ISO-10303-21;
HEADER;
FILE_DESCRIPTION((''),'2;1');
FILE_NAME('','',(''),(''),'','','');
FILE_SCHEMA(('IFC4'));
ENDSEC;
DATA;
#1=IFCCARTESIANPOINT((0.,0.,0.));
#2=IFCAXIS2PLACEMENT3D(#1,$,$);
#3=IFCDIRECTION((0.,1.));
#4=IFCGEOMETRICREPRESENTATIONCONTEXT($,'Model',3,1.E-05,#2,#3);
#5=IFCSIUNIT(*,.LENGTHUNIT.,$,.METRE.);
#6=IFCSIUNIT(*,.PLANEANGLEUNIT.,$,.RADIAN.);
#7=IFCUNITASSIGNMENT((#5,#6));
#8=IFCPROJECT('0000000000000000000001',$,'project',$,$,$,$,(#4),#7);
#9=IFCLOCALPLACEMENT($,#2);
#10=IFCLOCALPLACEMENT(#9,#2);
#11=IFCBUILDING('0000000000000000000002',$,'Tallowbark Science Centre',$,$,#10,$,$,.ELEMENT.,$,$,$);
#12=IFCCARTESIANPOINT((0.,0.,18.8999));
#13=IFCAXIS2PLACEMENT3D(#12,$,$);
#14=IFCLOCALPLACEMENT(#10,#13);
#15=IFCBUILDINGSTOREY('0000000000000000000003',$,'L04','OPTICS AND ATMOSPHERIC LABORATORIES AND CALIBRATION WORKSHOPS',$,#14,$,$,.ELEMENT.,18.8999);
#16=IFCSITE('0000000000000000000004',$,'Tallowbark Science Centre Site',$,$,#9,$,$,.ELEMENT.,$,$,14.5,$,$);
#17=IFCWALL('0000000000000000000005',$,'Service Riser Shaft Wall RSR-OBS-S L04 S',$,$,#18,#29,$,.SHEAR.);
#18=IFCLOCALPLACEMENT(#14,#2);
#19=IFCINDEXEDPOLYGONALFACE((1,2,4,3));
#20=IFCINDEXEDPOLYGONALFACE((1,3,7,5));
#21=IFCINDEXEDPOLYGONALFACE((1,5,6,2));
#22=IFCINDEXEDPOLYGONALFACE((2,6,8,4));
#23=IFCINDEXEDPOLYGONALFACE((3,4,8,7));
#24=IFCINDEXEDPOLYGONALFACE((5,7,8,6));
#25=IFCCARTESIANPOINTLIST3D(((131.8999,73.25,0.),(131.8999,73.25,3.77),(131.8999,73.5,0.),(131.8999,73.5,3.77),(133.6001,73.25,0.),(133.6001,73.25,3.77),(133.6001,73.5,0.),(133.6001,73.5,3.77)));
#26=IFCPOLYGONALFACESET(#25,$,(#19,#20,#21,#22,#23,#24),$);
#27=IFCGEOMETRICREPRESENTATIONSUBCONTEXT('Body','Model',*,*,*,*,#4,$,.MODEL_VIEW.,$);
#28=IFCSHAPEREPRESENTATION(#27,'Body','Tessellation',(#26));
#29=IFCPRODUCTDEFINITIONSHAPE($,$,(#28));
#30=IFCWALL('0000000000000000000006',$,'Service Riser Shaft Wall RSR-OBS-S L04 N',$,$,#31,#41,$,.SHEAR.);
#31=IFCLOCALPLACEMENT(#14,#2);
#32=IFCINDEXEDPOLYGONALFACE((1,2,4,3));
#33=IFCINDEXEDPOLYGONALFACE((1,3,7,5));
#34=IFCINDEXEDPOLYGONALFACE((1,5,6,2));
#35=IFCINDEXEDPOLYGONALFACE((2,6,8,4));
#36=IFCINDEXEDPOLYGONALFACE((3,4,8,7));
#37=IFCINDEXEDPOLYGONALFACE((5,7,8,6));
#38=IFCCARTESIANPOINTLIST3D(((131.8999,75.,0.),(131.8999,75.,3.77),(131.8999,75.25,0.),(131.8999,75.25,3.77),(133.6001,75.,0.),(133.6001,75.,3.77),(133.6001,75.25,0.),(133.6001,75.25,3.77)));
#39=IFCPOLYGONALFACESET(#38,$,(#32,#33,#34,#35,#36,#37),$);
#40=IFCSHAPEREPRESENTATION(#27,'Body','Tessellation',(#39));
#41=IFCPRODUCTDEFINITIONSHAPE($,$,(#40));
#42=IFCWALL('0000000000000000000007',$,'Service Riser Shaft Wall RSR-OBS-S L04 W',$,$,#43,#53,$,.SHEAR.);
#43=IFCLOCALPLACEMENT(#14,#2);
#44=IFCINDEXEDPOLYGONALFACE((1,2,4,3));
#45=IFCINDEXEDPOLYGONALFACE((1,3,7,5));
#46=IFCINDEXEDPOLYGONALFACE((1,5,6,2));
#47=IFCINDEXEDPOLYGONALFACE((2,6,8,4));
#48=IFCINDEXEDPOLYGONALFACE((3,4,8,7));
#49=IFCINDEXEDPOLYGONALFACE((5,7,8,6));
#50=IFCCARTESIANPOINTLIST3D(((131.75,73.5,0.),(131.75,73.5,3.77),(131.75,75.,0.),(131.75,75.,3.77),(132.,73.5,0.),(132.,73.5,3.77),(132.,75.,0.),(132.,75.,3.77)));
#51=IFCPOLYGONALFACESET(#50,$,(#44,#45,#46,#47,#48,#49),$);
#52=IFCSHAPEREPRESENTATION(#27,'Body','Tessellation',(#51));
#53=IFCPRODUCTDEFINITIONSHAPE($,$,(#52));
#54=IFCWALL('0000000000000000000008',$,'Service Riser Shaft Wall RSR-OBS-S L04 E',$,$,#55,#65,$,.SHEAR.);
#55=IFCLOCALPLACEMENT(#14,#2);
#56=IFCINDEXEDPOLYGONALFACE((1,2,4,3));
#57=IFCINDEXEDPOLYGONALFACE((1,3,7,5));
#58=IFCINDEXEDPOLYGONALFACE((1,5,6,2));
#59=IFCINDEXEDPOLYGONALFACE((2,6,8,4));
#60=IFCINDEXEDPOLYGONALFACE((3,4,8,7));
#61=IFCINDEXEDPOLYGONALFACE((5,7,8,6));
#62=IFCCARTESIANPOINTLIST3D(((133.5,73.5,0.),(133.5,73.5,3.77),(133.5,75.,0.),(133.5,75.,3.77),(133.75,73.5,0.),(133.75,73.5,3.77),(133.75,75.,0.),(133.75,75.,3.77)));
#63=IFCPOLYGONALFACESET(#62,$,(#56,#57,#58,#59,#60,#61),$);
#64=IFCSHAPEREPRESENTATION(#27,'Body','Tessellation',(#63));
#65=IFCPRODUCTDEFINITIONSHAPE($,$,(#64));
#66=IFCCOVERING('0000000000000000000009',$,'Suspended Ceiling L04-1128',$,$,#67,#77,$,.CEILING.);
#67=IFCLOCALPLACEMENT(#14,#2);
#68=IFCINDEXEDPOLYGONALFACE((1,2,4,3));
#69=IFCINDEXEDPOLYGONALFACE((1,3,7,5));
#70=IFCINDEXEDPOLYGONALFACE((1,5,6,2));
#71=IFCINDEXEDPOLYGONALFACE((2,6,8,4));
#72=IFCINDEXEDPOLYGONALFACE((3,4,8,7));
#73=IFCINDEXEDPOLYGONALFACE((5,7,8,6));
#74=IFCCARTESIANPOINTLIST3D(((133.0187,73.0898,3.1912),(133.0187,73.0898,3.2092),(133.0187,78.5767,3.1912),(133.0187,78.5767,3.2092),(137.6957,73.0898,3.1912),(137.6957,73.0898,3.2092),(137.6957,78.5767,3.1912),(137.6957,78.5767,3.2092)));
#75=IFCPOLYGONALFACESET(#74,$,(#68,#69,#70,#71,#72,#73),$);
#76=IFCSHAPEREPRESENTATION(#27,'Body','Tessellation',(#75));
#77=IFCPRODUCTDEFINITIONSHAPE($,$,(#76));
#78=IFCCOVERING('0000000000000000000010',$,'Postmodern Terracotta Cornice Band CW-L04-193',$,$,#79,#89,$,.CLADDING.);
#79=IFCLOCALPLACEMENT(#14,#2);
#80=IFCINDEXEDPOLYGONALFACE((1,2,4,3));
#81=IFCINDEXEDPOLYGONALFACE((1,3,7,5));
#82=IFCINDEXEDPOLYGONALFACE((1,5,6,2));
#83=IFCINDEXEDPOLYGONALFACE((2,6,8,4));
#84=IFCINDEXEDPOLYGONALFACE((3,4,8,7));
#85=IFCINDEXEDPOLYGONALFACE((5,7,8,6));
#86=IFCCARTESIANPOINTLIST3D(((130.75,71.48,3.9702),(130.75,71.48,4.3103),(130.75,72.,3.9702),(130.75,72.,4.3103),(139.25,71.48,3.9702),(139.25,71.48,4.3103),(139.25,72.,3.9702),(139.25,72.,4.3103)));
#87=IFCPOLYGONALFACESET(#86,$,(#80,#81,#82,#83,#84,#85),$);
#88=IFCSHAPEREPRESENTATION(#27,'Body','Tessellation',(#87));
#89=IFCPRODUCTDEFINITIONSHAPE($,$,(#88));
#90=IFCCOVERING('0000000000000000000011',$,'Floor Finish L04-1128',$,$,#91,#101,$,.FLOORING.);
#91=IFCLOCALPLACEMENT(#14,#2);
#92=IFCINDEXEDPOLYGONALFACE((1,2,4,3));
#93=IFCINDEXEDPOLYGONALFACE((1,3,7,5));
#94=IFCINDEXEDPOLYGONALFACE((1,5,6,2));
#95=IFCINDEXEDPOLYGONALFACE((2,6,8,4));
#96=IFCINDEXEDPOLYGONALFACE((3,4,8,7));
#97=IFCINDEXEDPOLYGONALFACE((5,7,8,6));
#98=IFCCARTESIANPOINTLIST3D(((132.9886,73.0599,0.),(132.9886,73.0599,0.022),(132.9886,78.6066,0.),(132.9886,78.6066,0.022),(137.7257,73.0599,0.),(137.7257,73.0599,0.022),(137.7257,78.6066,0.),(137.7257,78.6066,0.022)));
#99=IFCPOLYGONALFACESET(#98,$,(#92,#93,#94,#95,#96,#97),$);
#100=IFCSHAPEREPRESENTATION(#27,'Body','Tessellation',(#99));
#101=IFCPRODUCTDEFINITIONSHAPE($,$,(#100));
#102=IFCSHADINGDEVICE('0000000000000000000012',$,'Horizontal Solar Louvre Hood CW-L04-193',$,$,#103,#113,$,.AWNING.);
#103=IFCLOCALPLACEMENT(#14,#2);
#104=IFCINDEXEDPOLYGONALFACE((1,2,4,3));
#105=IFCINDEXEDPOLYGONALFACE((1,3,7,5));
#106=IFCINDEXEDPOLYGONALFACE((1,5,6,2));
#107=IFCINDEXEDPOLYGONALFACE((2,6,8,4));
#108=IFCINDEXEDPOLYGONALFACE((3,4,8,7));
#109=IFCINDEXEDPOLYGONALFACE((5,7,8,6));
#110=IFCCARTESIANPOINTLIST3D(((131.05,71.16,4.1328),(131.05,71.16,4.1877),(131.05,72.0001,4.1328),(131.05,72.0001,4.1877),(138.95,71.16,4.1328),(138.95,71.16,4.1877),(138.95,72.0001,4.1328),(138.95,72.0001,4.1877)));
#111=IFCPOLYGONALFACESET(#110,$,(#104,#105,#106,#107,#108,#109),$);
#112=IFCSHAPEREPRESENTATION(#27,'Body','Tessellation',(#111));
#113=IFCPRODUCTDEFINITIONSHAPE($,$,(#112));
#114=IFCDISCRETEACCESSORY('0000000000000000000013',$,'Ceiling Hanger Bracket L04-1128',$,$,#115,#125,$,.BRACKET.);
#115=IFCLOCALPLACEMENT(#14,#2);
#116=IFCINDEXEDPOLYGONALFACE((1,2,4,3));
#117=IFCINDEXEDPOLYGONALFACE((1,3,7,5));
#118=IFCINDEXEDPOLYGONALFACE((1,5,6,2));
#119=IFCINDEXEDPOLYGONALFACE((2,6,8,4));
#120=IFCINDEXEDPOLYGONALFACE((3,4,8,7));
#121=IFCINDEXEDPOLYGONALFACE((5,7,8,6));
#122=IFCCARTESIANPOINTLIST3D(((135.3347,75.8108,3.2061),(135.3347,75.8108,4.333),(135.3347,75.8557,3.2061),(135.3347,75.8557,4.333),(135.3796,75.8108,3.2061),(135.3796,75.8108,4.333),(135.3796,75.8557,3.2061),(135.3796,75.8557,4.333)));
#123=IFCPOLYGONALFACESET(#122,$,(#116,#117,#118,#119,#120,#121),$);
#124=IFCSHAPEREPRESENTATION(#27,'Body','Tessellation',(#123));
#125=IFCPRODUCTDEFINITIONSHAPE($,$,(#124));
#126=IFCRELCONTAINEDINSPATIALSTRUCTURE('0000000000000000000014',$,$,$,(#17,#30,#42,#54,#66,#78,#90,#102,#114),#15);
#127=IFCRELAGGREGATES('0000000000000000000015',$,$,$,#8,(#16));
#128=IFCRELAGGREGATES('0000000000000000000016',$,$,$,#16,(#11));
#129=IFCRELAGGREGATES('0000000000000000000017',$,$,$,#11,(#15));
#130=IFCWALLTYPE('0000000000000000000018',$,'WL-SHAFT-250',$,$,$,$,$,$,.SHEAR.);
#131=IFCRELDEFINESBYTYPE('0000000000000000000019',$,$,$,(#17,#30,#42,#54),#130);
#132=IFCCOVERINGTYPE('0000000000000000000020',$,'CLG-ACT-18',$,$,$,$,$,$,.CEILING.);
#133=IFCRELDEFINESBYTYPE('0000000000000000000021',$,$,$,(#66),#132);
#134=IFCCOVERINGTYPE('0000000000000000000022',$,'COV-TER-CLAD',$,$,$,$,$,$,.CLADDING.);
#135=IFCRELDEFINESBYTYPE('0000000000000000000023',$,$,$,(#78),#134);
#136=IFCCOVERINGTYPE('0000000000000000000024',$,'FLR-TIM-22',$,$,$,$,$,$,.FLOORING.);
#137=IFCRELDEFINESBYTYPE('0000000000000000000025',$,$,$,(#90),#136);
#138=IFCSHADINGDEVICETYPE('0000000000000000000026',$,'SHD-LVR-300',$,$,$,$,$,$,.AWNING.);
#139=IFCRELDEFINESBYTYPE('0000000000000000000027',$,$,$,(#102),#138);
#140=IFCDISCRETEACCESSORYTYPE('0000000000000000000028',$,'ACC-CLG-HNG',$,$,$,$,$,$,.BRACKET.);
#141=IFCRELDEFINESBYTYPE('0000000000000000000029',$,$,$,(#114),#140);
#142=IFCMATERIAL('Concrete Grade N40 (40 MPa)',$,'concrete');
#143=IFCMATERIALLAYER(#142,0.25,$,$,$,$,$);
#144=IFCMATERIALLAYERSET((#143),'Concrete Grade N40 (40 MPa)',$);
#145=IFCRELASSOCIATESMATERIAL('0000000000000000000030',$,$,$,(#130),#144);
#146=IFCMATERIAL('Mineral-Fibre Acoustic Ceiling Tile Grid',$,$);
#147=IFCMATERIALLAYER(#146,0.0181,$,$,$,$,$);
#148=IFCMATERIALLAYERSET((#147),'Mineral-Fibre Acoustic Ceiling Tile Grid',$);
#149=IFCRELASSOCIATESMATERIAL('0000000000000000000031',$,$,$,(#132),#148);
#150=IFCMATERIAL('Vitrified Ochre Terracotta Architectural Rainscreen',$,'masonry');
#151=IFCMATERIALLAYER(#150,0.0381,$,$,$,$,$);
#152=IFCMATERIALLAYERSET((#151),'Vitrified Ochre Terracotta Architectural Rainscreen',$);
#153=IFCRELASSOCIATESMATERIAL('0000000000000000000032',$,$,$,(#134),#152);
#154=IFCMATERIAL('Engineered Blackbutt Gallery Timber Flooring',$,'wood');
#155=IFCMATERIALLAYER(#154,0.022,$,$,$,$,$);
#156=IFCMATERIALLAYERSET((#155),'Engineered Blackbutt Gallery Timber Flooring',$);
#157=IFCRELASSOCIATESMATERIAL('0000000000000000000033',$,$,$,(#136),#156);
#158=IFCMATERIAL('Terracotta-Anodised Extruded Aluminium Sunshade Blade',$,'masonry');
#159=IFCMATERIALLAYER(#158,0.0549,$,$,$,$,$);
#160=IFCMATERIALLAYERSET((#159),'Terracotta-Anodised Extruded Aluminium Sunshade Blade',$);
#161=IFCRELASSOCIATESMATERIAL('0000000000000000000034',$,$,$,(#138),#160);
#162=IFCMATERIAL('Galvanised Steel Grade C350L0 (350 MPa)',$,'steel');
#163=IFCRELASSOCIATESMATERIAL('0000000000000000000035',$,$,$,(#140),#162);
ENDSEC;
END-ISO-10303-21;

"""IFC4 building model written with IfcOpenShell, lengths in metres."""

from ifc_helpers import new_model, si_unit, direction, frame, frame_2d, origin, origin_2d, place, context, subcontext, project, spatial, rectangle, extrude, material, layer, layer_set, type_object, element, save


model = new_model("IFC4")

# Units and contexts
model_context = context("Model", 3, precision=1e-05, world=origin(), true_north=direction((0.0, 1.0)))
body_context = subcontext(model_context, "Body", "Model", "MODEL_VIEW")
ifc_project = project(units=[si_unit("LENGTHUNIT", "METRE"), si_unit("PLANEANGLEUNIT", "RADIAN")], contexts=[model_context])

# Site, building, storey
site_placement = place(None, origin())
site = spatial("IfcSite", under=ifc_project, at=site_placement, Name="Tallowbark Science Centre Site", CompositionType="ELEMENT", RefElevation=14.5)
building_placement = place(site_placement, origin())
building = spatial("IfcBuilding", under=site, at=building_placement, Name="Tallowbark Science Centre", CompositionType="ELEMENT")
storey_placement = place(building_placement, frame((0.0, 0.0, 18.8999)))
storey = spatial("IfcBuildingStorey", under=building, at=storey_placement, Name="L04", Description="OPTICS AND ATMOSPHERIC LABORATORIES AND CALIBRATION WORKSHOPS", CompositionType="ELEMENT", Elevation=18.8999)

# Walls
ifc_material_1 = material(Name="Concrete Grade N40 (40 MPa)", Category="concrete")
ifc_layer_1 = layer(ifc_material_1, 0.25)
ifc_layer_set_1 = layer_set([ifc_layer_1], Name="Concrete Grade N40 (40 MPa)")
wall_type = type_object("IfcWallType", Name="WL-SHAFT-250", PredefinedType="SHEAR", material=ifc_layer_set_1)
for number, where, z_axis, x_axis, name in (
    (1, (131.8999, 73.375, 0.0), (0.0, 0.0, 1.0), (1.0, 0.0, 0.0), "Service Riser Shaft Wall RSR-OBS-S L04 S"),
    (2, (131.8999, 75.125, 0.0), (0.0, 0.0, 1.0), (1.0, 0.0, 0.0), "Service Riser Shaft Wall RSR-OBS-S L04 N"),
):
    element("IfcWall", number, at=place(storey_placement, frame(where, z_axis=z_axis, x_axis=x_axis)), inside=storey, type_object=wall_type, Name=name, PredefinedType="SHEAR", context=body_context, shape_type="SweptSolid", body=[
        extrude(rectangle(XDim=1.7002, YDim=0.25, at=frame_2d((0.8501, 0.0))), origin(), (0.0, 0.0, 1.0), 3.77),
    ])
for number, where, z_axis, x_axis, name in (
    (3, (131.875, 73.5, 0.0), (0.0, 0.0, 1.0), (0.0, 1.0, 0.0), "Service Riser Shaft Wall RSR-OBS-S L04 W"),
    (4, (133.625, 73.5, 0.0), (0.0, 0.0, 1.0), (0.0, 1.0, 0.0), "Service Riser Shaft Wall RSR-OBS-S L04 E"),
):
    element("IfcWall", number, at=place(storey_placement, frame(where, z_axis=z_axis, x_axis=x_axis)), inside=storey, type_object=wall_type, Name=name, PredefinedType="SHEAR", context=body_context, shape_type="SweptSolid", body=[
        extrude(rectangle(XDim=1.5, YDim=0.25, at=frame_2d((0.75, 0.0))), origin(), (0.0, 0.0, 1.0), 3.77),
    ])

# Coverings
ifc_material_2 = material(Name="Mineral-Fibre Acoustic Ceiling Tile Grid")
ifc_layer_2 = layer(ifc_material_2, 0.0181)
ifc_layer_set_2 = layer_set([ifc_layer_2], Name="Mineral-Fibre Acoustic Ceiling Tile Grid")
covering_type_1 = type_object("IfcCoveringType", Name="CLG-ACT-18", PredefinedType="CEILING", material=ifc_layer_set_2)
covering_1_placement = place(storey_placement, frame((135.3572, 75.8333, 3.1912), z_axis=(0.0, 0.0, 1.0), x_axis=(1.0, 0.0, 0.0)))
element("IfcCovering", 5, at=covering_1_placement, inside=storey, type_object=covering_type_1, Name="Suspended Ceiling L04-1128", PredefinedType="CEILING", context=body_context, shape_type="SweptSolid", body=[
    extrude(rectangle(XDim=4.677, YDim=5.4868, at=origin_2d()), origin(), (0.0, 0.0, 1.0), 0.0181),
])
ifc_material_3 = material(Name="Vitrified Ochre Terracotta Architectural Rainscreen", Category="masonry")
ifc_layer_3 = layer(ifc_material_3, 0.0381)
ifc_layer_set_3 = layer_set([ifc_layer_3], Name="Vitrified Ochre Terracotta Architectural Rainscreen")
covering_type_2 = type_object("IfcCoveringType", Name="COV-TER-CLAD", PredefinedType="CLADDING", material=ifc_layer_set_3)
covering_2_placement = place(storey_placement, frame((135.0, 71.74, 3.9702), z_axis=(0.0, 0.0, 1.0), x_axis=(1.0, 0.0, 0.0)))
element("IfcCovering", 6, at=covering_2_placement, inside=storey, type_object=covering_type_2, Name="Postmodern Terracotta Cornice Band CW-L04-193", PredefinedType="CLADDING", context=body_context, shape_type="SweptSolid", body=[
    extrude(rectangle(XDim=8.5, YDim=0.52, at=origin_2d()), origin(), (0.0, 0.0, 1.0), 0.3401),
])
ifc_material_4 = material(Name="Engineered Blackbutt Gallery Timber Flooring", Category="wood")
ifc_layer_4 = layer(ifc_material_4, 0.022)
ifc_layer_set_4 = layer_set([ifc_layer_4], Name="Engineered Blackbutt Gallery Timber Flooring")
covering_type_3 = type_object("IfcCoveringType", Name="FLR-TIM-22", PredefinedType="FLOORING", material=ifc_layer_set_4)
covering_3_placement = place(storey_placement, frame((135.3572, 75.8333, 0.0), z_axis=(0.0, 0.0, 1.0), x_axis=(1.0, 0.0, 0.0)))
element("IfcCovering", 7, at=covering_3_placement, inside=storey, type_object=covering_type_3, Name="Floor Finish L04-1128", PredefinedType="FLOORING", context=body_context, shape_type="SweptSolid", body=[
    extrude(rectangle(XDim=4.7371, YDim=5.5466, at=origin_2d()), origin(), (0.0, 0.0, 1.0), 0.022),
])

# Shading device
ifc_material_5 = material(Name="Terracotta-Anodised Extruded Aluminium Sunshade Blade", Category="masonry")
ifc_layer_5 = layer(ifc_material_5, 0.0549)
ifc_layer_set_5 = layer_set([ifc_layer_5], Name="Terracotta-Anodised Extruded Aluminium Sunshade Blade")
shading_device_type = type_object("IfcShadingDeviceType", Name="SHD-LVR-300", PredefinedType="AWNING", material=ifc_layer_set_5)
shading_device_placement = place(storey_placement, frame((135.0, 71.5801, 4.1328), z_axis=(0.0, 0.0, 1.0), x_axis=(1.0, 0.0, 0.0)))
element("IfcShadingDevice", 8, at=shading_device_placement, inside=storey, type_object=shading_device_type, Name="Horizontal Solar Louvre Hood CW-L04-193", PredefinedType="AWNING", context=body_context, shape_type="SweptSolid", body=[
    extrude(rectangle(XDim=7.8999, YDim=0.8401, at=origin_2d()), origin(), (0.0, 0.0, 1.0), 0.0549),
])

# Discrete accessory
ifc_material_6 = material(Name="Galvanised Steel Grade C350L0 (350 MPa)", Category="steel")
discrete_accessory_type = type_object("IfcDiscreteAccessoryType", Name="ACC-CLG-HNG", PredefinedType="BRACKET", material=ifc_material_6)
discrete_accessory_placement = place(storey_placement, frame((135.3572, 75.8333, 3.2061), z_axis=(0.0, 0.0, 1.0), x_axis=(1.0, 0.0, 0.0)))
element("IfcDiscreteAccessory", 9, at=discrete_accessory_placement, inside=storey, type_object=discrete_accessory_type, Name="Ceiling Hanger Bracket L04-1128", PredefinedType="BRACKET", context=body_context, shape_type="SweptSolid", body=[
    extrude(rectangle(XDim=0.0449, YDim=0.0449, at=origin_2d()), origin(), (0.0, 0.0, 1.0), 1.127),
])

save(model, "model.ifc")
